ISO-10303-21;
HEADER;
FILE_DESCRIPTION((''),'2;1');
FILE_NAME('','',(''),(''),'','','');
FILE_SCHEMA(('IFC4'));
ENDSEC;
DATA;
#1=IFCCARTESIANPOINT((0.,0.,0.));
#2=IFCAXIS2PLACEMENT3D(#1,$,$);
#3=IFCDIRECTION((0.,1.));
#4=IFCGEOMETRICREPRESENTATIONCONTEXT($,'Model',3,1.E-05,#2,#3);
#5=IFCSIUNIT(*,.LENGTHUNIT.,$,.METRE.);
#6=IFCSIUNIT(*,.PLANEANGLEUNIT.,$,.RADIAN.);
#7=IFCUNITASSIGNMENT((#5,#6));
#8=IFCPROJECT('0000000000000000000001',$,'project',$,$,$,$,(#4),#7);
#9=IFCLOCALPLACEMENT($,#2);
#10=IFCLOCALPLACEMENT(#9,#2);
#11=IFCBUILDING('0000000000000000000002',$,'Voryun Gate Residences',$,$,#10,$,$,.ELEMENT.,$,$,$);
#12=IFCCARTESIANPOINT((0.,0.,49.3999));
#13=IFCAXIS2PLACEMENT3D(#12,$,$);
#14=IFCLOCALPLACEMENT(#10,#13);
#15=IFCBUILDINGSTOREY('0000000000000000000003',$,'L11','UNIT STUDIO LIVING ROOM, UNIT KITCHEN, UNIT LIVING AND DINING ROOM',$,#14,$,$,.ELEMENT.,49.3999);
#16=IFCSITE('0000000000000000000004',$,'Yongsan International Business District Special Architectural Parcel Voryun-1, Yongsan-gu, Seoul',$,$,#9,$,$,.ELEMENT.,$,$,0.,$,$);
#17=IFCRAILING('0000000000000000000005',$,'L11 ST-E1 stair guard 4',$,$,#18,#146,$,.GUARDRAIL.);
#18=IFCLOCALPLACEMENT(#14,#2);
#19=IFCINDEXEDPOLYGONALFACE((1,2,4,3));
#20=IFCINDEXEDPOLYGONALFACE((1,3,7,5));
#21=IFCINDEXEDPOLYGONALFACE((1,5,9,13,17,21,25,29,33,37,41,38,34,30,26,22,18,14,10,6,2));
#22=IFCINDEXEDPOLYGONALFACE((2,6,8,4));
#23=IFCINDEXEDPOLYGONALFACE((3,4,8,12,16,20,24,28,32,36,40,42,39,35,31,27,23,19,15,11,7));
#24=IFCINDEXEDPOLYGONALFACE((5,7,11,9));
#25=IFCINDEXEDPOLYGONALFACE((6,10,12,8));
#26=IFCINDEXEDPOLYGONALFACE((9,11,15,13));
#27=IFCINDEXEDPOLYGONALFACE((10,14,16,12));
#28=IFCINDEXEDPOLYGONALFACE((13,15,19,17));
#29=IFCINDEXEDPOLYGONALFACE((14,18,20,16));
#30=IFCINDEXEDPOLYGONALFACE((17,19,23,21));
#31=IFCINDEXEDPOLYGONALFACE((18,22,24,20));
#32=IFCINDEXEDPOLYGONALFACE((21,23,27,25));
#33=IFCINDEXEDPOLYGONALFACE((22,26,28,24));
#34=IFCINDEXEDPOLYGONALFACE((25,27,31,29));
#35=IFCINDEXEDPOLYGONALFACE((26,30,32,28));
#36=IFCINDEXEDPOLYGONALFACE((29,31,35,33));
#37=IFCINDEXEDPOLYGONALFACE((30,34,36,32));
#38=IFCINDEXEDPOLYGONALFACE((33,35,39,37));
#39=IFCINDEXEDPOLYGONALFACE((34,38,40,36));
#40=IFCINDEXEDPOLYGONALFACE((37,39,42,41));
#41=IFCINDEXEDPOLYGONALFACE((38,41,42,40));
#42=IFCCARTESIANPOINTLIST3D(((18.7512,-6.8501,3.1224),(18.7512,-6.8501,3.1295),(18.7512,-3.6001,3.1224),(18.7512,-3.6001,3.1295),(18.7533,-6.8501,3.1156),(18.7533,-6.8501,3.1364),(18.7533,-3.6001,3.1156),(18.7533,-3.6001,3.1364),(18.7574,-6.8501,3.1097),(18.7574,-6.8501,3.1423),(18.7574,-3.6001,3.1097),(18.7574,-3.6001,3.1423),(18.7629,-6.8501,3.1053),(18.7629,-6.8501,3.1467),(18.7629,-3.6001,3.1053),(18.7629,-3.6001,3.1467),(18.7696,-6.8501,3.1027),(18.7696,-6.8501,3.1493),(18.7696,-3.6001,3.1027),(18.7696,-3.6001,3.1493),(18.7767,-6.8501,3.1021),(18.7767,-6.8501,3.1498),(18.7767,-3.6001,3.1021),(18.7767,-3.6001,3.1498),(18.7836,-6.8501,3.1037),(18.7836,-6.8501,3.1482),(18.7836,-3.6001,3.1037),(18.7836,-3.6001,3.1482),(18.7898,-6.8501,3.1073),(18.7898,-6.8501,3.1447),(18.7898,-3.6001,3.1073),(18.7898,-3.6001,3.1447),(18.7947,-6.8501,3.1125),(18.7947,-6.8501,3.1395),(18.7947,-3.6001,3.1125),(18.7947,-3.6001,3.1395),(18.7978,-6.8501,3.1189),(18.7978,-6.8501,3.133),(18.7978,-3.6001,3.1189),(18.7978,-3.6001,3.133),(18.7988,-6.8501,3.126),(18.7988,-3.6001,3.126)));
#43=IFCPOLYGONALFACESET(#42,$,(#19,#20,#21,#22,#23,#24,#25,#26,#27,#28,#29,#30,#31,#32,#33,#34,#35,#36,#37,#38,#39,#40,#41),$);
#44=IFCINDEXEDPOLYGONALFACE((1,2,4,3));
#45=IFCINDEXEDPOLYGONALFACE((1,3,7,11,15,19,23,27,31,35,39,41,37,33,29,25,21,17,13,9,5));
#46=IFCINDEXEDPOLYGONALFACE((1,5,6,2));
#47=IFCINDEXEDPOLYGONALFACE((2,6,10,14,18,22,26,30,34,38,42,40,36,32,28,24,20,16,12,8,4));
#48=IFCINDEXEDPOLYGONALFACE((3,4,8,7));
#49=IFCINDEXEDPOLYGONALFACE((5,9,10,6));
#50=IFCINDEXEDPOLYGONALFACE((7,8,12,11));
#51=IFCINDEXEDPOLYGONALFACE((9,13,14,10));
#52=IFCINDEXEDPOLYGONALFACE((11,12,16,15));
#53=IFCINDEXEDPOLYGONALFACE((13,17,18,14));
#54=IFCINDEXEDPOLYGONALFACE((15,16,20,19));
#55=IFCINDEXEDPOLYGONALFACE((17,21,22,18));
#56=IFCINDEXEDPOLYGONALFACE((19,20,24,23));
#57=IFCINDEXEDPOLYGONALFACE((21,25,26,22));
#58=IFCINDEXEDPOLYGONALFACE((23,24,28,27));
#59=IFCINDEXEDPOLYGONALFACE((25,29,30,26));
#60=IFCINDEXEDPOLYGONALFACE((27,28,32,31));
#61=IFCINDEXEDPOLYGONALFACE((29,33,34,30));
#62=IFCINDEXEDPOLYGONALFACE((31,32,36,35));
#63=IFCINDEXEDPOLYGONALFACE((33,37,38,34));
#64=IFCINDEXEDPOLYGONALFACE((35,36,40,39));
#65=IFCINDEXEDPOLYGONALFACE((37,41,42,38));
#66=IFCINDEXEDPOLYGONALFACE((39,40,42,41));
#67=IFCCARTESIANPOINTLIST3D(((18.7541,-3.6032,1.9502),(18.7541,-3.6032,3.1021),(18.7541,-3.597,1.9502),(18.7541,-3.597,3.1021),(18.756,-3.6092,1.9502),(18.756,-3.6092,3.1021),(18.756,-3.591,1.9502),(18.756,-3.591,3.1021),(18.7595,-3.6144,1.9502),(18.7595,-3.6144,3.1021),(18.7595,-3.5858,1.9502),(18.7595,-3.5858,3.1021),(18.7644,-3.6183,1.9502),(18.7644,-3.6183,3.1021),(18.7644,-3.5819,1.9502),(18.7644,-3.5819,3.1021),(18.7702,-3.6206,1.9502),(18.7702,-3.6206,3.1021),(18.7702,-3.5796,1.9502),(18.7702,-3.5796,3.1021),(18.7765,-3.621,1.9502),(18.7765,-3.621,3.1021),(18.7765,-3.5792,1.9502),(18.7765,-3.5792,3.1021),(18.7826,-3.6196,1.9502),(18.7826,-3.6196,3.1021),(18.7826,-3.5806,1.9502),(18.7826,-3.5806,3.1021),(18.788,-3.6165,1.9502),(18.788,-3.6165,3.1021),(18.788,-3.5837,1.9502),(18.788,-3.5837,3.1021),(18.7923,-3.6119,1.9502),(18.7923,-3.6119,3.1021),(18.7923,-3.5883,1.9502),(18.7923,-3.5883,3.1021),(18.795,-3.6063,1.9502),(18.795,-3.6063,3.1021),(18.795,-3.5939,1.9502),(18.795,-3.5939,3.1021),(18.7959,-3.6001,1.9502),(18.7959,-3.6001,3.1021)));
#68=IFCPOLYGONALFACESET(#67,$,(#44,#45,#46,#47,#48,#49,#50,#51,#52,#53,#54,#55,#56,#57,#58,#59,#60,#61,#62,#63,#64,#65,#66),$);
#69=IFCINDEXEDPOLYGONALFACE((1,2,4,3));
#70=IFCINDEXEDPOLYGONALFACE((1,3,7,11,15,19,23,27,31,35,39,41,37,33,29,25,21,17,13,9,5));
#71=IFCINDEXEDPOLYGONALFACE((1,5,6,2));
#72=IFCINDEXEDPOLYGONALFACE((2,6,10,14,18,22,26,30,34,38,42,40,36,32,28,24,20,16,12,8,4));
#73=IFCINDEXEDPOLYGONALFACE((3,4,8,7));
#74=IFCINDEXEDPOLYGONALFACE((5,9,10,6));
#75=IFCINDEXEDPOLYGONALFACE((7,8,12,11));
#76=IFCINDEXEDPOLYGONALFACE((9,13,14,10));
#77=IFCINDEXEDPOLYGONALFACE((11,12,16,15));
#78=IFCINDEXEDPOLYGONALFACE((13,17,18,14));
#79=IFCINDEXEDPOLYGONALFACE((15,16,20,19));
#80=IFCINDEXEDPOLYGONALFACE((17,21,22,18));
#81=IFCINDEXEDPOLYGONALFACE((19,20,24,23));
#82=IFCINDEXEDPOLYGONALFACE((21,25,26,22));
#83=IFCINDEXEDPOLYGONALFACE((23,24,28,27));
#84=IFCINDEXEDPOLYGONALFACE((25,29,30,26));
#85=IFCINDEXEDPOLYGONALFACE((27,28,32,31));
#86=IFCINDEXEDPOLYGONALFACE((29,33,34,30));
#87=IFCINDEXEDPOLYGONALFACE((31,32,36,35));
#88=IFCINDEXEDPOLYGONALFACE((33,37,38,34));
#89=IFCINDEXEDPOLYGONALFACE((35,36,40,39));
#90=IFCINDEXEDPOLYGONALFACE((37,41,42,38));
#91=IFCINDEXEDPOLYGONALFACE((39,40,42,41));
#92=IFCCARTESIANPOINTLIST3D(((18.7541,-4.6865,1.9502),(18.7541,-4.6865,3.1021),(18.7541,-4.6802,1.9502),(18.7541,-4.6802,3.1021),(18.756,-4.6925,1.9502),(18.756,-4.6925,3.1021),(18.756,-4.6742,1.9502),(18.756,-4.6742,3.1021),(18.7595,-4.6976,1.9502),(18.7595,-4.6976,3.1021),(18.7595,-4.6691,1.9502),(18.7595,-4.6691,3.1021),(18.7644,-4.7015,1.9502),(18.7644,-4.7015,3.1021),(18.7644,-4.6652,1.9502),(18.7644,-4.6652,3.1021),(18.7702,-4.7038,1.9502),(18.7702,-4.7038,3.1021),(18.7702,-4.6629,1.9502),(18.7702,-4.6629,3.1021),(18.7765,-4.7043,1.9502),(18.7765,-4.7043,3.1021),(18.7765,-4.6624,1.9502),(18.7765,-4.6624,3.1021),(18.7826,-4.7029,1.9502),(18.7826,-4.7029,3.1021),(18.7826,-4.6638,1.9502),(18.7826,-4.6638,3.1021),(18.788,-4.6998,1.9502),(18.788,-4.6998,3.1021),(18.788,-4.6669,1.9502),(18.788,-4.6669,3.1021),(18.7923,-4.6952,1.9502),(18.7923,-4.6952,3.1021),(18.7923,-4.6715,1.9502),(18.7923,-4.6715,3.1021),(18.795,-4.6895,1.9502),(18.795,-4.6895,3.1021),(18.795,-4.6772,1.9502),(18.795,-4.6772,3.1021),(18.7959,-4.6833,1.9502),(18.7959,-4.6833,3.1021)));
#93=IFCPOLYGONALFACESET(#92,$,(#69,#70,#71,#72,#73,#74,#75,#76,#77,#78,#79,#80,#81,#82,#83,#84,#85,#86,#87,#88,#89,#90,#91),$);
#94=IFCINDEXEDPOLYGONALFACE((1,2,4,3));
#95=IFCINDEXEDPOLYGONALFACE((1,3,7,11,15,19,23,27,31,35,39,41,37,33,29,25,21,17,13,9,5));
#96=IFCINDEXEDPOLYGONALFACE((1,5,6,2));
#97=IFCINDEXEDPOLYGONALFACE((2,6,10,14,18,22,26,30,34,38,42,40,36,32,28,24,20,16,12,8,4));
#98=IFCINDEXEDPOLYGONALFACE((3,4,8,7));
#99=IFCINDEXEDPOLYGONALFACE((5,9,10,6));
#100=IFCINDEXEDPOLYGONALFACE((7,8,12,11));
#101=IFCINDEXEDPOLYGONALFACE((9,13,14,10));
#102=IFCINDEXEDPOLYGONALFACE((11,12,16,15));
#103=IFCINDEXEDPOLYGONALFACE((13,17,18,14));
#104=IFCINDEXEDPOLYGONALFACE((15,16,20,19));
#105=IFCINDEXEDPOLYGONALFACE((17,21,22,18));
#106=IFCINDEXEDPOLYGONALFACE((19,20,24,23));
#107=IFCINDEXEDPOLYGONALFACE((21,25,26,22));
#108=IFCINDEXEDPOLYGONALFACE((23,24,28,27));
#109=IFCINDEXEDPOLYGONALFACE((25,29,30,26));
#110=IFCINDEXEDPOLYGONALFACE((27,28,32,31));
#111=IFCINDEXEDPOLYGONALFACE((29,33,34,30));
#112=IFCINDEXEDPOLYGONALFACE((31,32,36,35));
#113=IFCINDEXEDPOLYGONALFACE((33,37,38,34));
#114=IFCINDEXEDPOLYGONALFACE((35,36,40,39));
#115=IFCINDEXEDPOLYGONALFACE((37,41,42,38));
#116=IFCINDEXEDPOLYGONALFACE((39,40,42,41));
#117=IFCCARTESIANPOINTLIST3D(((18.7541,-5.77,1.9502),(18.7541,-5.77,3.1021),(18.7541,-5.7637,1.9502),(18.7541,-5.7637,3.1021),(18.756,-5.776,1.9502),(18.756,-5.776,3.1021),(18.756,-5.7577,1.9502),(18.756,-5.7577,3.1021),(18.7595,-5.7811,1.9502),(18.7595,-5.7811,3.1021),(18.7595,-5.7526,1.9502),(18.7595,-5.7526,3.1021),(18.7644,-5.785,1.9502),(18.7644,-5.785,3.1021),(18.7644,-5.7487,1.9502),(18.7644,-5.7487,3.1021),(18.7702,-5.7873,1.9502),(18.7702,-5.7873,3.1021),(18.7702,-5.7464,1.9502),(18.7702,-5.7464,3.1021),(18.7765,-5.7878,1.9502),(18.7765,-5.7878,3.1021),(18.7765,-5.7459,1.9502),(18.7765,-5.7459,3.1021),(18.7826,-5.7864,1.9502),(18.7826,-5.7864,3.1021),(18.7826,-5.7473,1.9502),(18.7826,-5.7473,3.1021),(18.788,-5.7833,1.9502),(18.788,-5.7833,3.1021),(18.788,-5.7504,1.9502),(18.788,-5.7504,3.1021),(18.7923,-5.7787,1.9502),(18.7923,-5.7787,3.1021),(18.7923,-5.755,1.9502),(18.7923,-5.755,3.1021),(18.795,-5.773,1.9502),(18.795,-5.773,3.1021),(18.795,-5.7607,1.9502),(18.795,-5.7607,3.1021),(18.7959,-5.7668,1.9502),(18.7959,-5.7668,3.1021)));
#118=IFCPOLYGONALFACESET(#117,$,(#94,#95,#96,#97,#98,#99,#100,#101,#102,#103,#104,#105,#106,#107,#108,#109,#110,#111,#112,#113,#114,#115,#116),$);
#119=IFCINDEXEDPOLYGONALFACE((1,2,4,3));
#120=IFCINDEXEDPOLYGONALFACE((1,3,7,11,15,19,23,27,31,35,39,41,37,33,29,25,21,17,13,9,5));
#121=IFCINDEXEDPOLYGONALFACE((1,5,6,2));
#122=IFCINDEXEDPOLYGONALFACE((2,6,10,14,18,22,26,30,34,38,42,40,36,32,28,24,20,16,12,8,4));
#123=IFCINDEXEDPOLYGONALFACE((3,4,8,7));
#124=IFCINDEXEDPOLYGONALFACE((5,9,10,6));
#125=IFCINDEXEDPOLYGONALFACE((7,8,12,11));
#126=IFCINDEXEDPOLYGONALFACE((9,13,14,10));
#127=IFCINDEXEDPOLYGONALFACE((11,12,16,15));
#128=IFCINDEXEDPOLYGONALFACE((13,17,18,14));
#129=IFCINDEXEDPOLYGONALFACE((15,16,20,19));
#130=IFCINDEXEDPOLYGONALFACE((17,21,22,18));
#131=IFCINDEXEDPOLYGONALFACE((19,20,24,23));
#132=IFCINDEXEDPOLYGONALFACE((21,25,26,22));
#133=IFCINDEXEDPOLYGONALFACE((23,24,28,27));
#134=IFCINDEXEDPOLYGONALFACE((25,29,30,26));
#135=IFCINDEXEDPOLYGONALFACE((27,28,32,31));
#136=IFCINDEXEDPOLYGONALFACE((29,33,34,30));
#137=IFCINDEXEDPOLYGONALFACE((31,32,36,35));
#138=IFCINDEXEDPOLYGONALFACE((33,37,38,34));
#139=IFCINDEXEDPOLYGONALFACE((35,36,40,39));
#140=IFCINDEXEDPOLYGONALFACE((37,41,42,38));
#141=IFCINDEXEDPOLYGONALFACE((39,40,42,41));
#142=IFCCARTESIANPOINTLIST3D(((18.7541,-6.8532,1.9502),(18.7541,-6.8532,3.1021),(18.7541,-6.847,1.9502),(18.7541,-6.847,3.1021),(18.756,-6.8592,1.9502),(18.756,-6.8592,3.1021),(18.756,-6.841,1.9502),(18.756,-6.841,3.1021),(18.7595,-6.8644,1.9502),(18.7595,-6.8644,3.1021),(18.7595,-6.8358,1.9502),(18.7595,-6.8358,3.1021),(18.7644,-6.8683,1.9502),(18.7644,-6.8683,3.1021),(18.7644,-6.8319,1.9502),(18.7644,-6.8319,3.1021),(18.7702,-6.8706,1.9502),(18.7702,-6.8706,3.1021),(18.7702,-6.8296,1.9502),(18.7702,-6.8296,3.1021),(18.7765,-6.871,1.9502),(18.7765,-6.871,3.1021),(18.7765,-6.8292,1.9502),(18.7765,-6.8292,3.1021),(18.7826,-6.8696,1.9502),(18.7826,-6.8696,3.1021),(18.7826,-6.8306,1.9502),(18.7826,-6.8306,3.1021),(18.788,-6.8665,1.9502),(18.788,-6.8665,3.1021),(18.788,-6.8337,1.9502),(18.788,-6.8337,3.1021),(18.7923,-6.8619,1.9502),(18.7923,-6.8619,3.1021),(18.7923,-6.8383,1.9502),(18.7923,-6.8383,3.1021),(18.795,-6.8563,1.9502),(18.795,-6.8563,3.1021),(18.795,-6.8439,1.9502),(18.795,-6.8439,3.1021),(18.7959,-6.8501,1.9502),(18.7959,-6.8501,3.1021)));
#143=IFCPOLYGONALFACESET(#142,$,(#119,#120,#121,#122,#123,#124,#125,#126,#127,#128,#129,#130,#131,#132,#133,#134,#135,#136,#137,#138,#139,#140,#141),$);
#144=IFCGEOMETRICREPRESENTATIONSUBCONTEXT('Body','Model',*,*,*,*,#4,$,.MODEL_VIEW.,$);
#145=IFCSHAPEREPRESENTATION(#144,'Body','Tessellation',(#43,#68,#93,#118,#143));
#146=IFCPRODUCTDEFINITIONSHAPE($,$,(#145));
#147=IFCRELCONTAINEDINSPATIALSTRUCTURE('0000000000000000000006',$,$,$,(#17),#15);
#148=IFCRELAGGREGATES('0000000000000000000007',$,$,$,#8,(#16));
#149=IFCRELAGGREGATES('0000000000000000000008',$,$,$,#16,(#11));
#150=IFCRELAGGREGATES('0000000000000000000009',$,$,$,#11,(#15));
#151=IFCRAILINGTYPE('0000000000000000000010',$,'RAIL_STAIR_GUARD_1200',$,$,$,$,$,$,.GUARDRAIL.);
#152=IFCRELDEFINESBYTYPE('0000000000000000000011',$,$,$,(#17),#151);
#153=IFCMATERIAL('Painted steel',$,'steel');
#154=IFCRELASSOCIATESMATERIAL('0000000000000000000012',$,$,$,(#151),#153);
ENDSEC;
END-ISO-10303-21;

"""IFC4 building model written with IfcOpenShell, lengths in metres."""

from ifc_helpers import new_model, si_unit, direction, frame, origin, origin_2d, place, context, subcontext, project, spatial, circle, extrude, material, type_object, element, save


model = new_model("IFC4")

# Units and contexts
model_context = context("Model", 3, precision=1e-05, world=origin(), true_north=direction((0.0, 1.0)))
body_context = subcontext(model_context, "Body", "Model", "MODEL_VIEW")
ifc_project = project(units=[si_unit("LENGTHUNIT", "METRE"), si_unit("PLANEANGLEUNIT", "RADIAN")], contexts=[model_context])

# Site, building, storey
site_placement = place(None, origin())
site = spatial("IfcSite", under=ifc_project, at=site_placement, Name="Yongsan International Business District Special Architectural Parcel Voryun-1, Yongsan-gu, Seoul", CompositionType="ELEMENT", RefElevation=0.0)
building_placement = place(site_placement, origin())
building = spatial("IfcBuilding", under=site, at=building_placement, Name="Voryun Gate Residences", CompositionType="ELEMENT")
storey_placement = place(building_placement, frame((0.0, 0.0, 49.3999)))
storey = spatial("IfcBuildingStorey", under=building, at=storey_placement, Name="L11", Description="UNIT STUDIO LIVING ROOM, UNIT KITCHEN, UNIT LIVING AND DINING ROOM", CompositionType="ELEMENT", Elevation=49.3999)

# Railing
ifc_material_1 = material(Name="Painted steel", Category="steel")
railing_type_1 = type_object("IfcRailingType", Name="RAIL_STAIR_GUARD_1200", PredefinedType="GUARDRAIL", material=ifc_material_1)
for number, where, name in (
    (1, (18.7749, -3.6001, 1.9502), "L11 ST-E1 stair guard 4"),
):
    element("IfcRailing", number, at=place(storey_placement, frame(where)), inside=storey, type_object=railing_type_1, Name=name, PredefinedType="GUARDRAIL", context=body_context, shape_type="SweptSolid", body=[
        extrude(circle(Radius=0.0239, at=origin_2d()), frame((0.0, 0.0, 1.1758), z_axis=(0.0, -1.0, 0.0), x_axis=(1.0, 0.0, 0.0)), (0.0, 0.0, 1.0), 3.25),
        extrude(circle(Radius=0.021, at=origin_2d()), origin(), (0.0, 0.0, 1.0), 1.1519),
        extrude(circle(Radius=0.021, at=origin_2d()), frame((0.0, -1.0833, 0.0)), (0.0, 0.0, 1.0), 1.1519),
        extrude(circle(Radius=0.021, at=origin_2d()), frame((0.0, -2.1667, 0.0)), (0.0, 0.0, 1.0), 1.1519),
        extrude(circle(Radius=0.021, at=origin_2d()), frame((0.0, -3.25, 0.0)), (0.0, 0.0, 1.0), 1.1519),
    ])

save(model, "model.ifc")
